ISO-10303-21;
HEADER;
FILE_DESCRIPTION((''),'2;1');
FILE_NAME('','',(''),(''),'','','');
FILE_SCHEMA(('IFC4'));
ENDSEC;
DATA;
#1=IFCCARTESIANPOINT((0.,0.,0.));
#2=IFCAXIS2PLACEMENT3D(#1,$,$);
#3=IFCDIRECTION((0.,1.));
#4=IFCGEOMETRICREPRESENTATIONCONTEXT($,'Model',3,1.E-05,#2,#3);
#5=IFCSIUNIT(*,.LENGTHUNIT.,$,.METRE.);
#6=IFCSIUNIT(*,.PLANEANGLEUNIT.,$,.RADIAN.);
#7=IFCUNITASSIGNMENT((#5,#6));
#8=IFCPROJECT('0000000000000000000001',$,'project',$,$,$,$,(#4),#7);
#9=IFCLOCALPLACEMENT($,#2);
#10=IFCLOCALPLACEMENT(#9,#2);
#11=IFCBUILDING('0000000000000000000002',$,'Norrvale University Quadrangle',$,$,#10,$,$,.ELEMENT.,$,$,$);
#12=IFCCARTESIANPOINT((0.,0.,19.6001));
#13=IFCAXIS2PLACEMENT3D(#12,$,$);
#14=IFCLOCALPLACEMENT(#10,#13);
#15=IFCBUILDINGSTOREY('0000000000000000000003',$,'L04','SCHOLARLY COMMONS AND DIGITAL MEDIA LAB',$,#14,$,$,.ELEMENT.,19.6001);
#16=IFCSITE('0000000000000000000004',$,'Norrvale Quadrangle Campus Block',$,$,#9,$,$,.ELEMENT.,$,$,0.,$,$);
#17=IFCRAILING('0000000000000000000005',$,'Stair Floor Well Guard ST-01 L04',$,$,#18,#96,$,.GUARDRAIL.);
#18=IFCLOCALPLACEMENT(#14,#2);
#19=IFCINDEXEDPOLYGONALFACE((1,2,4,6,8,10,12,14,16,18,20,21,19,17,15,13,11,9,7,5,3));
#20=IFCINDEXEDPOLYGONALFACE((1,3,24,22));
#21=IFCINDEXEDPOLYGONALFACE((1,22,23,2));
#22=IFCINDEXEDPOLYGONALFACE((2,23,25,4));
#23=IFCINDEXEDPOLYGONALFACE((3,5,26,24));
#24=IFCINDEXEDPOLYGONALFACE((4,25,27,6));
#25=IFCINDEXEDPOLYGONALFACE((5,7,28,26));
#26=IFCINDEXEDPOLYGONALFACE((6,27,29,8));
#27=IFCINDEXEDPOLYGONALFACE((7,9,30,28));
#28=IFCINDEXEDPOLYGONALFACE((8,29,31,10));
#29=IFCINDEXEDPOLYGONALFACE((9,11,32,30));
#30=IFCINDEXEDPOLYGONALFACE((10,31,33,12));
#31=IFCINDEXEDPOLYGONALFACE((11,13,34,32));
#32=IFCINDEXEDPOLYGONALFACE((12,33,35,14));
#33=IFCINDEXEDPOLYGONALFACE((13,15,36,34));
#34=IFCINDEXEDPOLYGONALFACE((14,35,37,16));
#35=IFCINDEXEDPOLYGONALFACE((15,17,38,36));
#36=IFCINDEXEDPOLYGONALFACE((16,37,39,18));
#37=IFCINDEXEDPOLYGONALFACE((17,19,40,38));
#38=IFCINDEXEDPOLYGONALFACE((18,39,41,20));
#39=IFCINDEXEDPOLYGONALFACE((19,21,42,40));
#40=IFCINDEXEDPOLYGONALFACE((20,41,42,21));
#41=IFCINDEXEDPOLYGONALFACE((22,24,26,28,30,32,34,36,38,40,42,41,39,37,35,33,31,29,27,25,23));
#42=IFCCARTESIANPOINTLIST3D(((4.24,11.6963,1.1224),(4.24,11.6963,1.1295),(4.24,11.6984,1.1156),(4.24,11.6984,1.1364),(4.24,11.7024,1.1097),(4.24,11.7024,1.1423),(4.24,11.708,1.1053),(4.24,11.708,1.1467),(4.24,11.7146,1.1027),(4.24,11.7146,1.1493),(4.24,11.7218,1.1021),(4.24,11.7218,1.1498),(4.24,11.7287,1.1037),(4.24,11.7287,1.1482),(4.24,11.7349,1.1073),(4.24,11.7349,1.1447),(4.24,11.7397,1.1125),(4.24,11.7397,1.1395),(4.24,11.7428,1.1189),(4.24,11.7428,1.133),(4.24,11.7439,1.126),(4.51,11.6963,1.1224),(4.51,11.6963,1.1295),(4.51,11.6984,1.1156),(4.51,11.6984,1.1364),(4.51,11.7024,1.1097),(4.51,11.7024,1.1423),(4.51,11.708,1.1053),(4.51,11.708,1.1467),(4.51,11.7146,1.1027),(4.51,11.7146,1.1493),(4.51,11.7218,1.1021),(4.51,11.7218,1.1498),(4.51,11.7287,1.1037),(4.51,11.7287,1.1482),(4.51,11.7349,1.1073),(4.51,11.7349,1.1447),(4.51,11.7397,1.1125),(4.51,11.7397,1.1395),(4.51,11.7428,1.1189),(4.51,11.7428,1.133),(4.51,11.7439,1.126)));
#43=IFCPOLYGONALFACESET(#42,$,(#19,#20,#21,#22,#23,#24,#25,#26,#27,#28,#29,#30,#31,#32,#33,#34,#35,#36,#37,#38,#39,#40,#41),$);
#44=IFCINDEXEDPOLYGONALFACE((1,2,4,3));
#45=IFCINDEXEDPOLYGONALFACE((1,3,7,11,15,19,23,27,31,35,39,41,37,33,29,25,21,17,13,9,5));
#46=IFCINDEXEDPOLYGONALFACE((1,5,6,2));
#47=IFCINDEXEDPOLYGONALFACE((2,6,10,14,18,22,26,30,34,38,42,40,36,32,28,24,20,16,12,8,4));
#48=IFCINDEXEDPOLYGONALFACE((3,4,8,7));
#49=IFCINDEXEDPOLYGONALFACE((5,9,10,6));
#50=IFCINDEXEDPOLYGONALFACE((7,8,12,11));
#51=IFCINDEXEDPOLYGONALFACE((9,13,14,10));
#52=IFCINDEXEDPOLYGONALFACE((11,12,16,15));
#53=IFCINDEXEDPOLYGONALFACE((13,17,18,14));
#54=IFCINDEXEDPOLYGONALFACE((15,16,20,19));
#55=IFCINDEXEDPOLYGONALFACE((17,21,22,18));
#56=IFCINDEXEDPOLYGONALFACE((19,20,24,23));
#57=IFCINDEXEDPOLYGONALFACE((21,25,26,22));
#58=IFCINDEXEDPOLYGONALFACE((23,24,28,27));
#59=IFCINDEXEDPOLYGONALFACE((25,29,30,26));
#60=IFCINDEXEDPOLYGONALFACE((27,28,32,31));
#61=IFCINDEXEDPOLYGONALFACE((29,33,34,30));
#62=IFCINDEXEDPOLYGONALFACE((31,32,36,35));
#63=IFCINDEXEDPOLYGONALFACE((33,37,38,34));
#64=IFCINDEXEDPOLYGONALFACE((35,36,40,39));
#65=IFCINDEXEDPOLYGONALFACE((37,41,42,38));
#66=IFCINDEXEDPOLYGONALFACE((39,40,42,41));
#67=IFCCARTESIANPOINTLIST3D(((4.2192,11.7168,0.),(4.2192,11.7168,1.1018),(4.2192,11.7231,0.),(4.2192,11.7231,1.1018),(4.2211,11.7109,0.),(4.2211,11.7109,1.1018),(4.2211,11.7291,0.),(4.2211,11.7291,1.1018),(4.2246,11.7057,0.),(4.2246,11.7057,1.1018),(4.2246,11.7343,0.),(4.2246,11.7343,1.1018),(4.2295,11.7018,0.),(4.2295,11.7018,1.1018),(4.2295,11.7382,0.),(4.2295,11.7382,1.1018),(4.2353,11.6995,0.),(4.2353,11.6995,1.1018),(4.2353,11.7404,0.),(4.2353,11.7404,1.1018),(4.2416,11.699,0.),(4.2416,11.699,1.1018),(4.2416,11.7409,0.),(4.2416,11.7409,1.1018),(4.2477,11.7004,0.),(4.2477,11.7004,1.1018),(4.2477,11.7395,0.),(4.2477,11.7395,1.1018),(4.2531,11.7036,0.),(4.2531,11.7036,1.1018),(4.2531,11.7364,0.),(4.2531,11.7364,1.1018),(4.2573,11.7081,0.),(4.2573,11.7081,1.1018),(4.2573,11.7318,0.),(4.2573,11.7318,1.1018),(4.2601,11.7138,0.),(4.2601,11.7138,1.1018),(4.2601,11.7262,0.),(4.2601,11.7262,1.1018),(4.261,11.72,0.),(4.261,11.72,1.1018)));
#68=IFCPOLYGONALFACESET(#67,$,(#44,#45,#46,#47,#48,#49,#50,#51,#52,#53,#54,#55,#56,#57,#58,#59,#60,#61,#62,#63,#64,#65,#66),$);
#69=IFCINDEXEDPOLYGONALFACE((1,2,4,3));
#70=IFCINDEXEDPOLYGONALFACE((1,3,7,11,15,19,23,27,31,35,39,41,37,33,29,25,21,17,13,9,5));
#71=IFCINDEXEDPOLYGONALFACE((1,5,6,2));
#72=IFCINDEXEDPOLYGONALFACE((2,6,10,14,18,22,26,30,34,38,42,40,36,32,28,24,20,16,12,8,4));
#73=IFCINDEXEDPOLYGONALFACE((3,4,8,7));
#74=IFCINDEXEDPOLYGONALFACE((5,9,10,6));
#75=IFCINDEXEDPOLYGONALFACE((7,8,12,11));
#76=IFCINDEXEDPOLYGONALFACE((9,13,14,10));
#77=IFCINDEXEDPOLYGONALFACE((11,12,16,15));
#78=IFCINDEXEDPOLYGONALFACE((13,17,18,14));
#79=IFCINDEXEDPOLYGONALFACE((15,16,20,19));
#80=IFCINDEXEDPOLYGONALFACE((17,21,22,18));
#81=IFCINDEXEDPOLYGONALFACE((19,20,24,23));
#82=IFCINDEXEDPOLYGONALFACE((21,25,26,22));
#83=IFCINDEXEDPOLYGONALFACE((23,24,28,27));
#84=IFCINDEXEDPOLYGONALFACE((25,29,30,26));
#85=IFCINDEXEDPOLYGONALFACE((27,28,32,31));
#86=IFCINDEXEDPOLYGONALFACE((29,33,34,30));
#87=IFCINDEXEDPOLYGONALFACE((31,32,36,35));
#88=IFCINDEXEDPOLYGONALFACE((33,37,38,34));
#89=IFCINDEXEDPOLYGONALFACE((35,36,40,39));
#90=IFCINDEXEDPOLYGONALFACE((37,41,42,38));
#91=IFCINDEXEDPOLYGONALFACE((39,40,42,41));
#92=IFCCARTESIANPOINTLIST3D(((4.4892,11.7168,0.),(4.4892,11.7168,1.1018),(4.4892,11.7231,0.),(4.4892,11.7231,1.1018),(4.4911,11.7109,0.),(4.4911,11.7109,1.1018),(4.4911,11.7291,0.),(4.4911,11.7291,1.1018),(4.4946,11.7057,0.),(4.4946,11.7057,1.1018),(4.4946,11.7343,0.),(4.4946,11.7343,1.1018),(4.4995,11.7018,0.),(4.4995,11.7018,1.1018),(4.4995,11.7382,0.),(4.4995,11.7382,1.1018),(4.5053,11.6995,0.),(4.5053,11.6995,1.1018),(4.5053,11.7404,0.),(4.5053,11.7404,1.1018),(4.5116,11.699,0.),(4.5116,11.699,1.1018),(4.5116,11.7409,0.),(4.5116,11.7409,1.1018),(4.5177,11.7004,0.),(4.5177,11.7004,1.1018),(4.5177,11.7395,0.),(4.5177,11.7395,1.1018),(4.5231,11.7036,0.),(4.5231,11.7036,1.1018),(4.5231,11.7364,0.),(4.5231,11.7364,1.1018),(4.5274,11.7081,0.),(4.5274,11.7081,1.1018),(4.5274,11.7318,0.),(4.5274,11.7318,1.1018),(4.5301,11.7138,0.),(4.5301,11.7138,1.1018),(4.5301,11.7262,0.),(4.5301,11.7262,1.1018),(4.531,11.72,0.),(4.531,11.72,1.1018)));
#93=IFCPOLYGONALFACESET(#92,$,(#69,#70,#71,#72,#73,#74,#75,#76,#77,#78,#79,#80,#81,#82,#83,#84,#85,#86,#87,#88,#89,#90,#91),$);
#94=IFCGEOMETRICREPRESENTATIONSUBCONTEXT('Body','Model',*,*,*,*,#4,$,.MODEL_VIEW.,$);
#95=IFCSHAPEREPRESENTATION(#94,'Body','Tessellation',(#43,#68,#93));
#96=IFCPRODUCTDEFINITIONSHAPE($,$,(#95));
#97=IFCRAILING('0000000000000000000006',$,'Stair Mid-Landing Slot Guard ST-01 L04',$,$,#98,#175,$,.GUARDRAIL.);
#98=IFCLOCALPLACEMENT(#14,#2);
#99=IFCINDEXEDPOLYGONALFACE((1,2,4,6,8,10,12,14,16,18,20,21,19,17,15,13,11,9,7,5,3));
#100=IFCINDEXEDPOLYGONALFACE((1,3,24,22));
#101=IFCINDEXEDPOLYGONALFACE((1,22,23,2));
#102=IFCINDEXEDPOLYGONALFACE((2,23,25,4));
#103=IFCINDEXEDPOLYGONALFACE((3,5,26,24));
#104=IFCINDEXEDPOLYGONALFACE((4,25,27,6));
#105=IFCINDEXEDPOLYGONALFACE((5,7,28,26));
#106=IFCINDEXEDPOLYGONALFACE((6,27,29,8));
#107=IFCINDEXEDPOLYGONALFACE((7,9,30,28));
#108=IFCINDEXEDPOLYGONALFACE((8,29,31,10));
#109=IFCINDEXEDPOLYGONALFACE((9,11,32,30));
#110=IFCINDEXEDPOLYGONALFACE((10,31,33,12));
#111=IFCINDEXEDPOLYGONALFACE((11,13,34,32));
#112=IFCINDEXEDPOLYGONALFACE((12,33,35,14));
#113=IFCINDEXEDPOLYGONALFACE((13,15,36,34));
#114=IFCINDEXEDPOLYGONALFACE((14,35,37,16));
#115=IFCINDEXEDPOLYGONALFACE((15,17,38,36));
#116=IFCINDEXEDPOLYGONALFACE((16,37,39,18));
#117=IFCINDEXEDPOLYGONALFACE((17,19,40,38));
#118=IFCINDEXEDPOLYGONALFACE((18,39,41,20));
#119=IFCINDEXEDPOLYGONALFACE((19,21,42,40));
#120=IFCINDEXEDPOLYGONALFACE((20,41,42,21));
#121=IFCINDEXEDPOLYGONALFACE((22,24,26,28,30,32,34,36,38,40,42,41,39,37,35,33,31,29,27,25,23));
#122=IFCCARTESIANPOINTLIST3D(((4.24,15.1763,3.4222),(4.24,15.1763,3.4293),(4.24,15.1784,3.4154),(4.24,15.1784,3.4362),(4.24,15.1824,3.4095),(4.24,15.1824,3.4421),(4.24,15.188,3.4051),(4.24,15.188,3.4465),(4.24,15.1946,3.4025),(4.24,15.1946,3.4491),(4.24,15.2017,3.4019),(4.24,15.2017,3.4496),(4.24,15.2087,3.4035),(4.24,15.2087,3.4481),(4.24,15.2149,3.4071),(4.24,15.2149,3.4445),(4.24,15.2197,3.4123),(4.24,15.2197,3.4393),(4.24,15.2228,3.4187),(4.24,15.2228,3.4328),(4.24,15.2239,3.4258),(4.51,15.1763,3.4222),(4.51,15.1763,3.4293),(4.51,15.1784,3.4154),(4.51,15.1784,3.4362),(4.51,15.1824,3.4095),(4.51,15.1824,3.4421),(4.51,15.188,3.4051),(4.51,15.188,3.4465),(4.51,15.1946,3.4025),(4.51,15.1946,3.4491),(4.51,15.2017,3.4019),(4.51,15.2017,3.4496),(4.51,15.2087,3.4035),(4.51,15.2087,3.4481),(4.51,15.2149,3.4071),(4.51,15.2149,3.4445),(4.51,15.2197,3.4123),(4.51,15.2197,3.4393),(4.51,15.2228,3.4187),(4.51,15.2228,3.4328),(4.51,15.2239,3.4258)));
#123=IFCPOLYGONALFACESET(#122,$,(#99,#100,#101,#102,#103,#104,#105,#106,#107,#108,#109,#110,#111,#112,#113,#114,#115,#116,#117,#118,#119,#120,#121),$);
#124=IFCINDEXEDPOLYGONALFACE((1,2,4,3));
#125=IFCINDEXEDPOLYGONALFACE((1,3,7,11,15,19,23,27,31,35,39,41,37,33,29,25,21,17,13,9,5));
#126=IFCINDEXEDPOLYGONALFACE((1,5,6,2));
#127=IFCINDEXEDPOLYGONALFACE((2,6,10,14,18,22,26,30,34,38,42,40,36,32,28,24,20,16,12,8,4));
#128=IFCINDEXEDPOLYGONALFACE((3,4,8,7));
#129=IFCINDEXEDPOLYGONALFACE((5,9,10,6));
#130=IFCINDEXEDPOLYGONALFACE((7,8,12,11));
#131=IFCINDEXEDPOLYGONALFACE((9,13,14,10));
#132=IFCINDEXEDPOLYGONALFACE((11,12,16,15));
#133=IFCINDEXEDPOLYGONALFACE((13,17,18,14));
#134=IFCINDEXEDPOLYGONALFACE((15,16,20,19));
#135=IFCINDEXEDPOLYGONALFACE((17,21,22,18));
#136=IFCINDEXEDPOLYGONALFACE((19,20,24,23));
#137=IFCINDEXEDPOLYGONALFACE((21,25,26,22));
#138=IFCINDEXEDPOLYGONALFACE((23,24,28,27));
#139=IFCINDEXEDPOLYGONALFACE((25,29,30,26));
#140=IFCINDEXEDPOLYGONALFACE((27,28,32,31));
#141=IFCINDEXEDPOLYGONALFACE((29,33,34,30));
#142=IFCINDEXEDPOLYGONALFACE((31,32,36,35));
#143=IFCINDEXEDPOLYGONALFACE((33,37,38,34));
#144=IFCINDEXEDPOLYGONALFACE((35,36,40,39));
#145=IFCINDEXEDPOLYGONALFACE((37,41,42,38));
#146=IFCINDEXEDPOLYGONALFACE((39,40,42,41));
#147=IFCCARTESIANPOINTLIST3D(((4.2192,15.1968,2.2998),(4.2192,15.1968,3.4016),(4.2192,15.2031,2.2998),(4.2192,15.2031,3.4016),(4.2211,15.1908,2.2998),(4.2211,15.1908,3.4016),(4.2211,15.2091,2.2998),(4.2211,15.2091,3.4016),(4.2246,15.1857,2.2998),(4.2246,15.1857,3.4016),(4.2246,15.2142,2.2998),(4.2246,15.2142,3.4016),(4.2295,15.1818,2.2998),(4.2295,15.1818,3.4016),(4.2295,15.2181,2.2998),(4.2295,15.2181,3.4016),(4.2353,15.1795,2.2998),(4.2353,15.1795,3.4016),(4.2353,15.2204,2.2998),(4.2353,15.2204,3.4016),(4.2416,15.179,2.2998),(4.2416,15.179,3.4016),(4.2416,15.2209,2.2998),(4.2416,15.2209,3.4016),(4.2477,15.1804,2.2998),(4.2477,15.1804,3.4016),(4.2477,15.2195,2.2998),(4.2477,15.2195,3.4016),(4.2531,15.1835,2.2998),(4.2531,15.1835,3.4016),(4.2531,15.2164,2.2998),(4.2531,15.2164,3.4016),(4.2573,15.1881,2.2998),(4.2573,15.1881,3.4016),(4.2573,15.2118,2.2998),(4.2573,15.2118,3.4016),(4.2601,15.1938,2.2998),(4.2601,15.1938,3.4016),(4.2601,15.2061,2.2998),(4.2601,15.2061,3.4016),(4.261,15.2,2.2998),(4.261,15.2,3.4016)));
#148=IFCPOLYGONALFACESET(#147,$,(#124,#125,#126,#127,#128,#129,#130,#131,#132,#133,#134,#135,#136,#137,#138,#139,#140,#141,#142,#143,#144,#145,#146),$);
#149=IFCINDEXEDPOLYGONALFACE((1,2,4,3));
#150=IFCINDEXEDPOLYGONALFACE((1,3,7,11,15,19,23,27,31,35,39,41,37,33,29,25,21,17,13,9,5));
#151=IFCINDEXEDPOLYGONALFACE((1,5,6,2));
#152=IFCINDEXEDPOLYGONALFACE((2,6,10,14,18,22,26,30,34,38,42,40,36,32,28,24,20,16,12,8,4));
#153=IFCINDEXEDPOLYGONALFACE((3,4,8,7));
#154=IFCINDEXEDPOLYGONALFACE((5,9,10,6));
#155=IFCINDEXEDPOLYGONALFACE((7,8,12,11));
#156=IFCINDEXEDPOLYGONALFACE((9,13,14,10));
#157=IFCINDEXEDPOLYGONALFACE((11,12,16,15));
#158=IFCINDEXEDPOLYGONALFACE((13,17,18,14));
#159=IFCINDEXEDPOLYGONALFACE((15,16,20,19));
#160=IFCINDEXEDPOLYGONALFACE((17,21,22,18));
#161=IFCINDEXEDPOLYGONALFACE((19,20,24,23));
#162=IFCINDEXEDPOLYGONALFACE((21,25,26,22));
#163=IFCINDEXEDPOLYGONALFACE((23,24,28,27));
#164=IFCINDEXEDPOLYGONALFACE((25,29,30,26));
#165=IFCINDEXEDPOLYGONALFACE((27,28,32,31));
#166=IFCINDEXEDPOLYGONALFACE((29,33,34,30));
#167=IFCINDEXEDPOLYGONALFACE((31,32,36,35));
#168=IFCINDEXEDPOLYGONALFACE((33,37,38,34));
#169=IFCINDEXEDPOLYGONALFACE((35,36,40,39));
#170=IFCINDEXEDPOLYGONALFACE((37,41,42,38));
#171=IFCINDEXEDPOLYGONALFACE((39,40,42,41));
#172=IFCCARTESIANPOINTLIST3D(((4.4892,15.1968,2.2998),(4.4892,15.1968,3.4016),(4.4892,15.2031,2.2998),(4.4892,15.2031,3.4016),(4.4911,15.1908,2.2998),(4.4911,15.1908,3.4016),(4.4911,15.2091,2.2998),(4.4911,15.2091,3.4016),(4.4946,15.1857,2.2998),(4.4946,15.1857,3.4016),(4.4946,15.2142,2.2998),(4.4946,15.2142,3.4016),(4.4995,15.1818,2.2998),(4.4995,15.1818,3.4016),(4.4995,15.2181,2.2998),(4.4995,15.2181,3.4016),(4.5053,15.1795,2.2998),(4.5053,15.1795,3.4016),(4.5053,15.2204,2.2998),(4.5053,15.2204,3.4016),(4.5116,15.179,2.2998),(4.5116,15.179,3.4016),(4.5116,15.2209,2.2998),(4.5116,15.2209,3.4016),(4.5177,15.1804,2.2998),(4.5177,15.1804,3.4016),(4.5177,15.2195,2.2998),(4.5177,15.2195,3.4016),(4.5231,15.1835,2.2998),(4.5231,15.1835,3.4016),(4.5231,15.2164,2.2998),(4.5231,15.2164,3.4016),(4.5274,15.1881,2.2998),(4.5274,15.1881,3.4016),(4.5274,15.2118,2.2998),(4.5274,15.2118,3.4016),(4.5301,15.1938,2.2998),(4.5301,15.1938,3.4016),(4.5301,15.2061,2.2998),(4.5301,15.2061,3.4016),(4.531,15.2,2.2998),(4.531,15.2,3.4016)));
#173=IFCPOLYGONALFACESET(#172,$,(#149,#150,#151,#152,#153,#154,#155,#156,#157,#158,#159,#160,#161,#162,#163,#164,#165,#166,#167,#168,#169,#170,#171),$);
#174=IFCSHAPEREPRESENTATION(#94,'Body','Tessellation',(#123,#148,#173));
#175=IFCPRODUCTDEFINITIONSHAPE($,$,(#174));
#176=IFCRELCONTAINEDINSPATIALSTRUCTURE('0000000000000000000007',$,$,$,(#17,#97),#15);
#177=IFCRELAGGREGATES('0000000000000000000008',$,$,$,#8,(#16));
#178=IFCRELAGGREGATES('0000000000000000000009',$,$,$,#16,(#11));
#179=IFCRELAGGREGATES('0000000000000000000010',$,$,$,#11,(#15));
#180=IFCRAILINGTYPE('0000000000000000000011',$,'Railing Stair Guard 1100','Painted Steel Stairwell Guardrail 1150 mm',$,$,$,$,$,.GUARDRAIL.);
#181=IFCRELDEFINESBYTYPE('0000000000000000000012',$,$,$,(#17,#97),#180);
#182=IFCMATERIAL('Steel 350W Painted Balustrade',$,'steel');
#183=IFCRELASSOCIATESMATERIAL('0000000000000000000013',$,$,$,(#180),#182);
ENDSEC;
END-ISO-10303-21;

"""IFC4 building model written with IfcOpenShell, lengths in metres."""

from ifc_helpers import new_model, si_unit, direction, frame, origin, origin_2d, place, context, subcontext, project, spatial, circle, extrude, material, type_object, element, save


model = new_model("IFC4")

# Units and contexts
model_context = context("Model", 3, precision=1e-05, world=origin(), true_north=direction((0.0, 1.0)))
body_context = subcontext(model_context, "Body", "Model", "MODEL_VIEW")
ifc_project = project(units=[si_unit("LENGTHUNIT", "METRE"), si_unit("PLANEANGLEUNIT", "RADIAN")], contexts=[model_context])

# Site, building, storey
site_placement = place(None, origin())
site = spatial("IfcSite", under=ifc_project, at=site_placement, Name="Norrvale Quadrangle Campus Block", CompositionType="ELEMENT", RefElevation=0.0)
building_placement = place(site_placement, origin())
building = spatial("IfcBuilding", under=site, at=building_placement, Name="Norrvale University Quadrangle", CompositionType="ELEMENT")
storey_placement = place(building_placement, frame((0.0, 0.0, 19.6001)))
storey = spatial("IfcBuildingStorey", under=building, at=storey_placement, Name="L04", Description="SCHOLARLY COMMONS AND DIGITAL MEDIA LAB", CompositionType="ELEMENT", Elevation=19.6001)

# Railings
ifc_material_1 = material(Name="Steel 350W Painted Balustrade", Category="steel")
railing_type_1 = type_object("IfcRailingType", Name="Railing Stair Guard 1100", Description="Painted Steel Stairwell Guardrail 1150 mm", PredefinedType="GUARDRAIL", material=ifc_material_1)
for number, where, name in (
    (1, (4.24, 11.72, 0.0), "Stair Floor Well Guard ST-01 L04"),
    (2, (4.24, 15.2, 2.2998), "Stair Mid-Landing Slot Guard ST-01 L04"),
):
    element("IfcRailing", number, at=place(storey_placement, frame(where)), inside=storey, type_object=railing_type_1, Name=name, PredefinedType="GUARDRAIL", context=body_context, shape_type="SweptSolid", body=[
        extrude(circle(Radius=0.0239, at=origin_2d()), frame((0.0, 0.0, 1.126), z_axis=(1.0, 0.0, 0.0), x_axis=(0.0, 1.0, 0.0)), (0.0, 0.0, 1.0), 0.27),
        extrude(circle(Radius=0.021, at=origin_2d()), origin(), (0.0, 0.0, 1.0), 1.1018),
        extrude(circle(Radius=0.021, at=origin_2d()), frame((0.27, 0.0, 0.0)), (0.0, 0.0, 1.0), 1.1018),
    ])

save(model, "model.ifc")
